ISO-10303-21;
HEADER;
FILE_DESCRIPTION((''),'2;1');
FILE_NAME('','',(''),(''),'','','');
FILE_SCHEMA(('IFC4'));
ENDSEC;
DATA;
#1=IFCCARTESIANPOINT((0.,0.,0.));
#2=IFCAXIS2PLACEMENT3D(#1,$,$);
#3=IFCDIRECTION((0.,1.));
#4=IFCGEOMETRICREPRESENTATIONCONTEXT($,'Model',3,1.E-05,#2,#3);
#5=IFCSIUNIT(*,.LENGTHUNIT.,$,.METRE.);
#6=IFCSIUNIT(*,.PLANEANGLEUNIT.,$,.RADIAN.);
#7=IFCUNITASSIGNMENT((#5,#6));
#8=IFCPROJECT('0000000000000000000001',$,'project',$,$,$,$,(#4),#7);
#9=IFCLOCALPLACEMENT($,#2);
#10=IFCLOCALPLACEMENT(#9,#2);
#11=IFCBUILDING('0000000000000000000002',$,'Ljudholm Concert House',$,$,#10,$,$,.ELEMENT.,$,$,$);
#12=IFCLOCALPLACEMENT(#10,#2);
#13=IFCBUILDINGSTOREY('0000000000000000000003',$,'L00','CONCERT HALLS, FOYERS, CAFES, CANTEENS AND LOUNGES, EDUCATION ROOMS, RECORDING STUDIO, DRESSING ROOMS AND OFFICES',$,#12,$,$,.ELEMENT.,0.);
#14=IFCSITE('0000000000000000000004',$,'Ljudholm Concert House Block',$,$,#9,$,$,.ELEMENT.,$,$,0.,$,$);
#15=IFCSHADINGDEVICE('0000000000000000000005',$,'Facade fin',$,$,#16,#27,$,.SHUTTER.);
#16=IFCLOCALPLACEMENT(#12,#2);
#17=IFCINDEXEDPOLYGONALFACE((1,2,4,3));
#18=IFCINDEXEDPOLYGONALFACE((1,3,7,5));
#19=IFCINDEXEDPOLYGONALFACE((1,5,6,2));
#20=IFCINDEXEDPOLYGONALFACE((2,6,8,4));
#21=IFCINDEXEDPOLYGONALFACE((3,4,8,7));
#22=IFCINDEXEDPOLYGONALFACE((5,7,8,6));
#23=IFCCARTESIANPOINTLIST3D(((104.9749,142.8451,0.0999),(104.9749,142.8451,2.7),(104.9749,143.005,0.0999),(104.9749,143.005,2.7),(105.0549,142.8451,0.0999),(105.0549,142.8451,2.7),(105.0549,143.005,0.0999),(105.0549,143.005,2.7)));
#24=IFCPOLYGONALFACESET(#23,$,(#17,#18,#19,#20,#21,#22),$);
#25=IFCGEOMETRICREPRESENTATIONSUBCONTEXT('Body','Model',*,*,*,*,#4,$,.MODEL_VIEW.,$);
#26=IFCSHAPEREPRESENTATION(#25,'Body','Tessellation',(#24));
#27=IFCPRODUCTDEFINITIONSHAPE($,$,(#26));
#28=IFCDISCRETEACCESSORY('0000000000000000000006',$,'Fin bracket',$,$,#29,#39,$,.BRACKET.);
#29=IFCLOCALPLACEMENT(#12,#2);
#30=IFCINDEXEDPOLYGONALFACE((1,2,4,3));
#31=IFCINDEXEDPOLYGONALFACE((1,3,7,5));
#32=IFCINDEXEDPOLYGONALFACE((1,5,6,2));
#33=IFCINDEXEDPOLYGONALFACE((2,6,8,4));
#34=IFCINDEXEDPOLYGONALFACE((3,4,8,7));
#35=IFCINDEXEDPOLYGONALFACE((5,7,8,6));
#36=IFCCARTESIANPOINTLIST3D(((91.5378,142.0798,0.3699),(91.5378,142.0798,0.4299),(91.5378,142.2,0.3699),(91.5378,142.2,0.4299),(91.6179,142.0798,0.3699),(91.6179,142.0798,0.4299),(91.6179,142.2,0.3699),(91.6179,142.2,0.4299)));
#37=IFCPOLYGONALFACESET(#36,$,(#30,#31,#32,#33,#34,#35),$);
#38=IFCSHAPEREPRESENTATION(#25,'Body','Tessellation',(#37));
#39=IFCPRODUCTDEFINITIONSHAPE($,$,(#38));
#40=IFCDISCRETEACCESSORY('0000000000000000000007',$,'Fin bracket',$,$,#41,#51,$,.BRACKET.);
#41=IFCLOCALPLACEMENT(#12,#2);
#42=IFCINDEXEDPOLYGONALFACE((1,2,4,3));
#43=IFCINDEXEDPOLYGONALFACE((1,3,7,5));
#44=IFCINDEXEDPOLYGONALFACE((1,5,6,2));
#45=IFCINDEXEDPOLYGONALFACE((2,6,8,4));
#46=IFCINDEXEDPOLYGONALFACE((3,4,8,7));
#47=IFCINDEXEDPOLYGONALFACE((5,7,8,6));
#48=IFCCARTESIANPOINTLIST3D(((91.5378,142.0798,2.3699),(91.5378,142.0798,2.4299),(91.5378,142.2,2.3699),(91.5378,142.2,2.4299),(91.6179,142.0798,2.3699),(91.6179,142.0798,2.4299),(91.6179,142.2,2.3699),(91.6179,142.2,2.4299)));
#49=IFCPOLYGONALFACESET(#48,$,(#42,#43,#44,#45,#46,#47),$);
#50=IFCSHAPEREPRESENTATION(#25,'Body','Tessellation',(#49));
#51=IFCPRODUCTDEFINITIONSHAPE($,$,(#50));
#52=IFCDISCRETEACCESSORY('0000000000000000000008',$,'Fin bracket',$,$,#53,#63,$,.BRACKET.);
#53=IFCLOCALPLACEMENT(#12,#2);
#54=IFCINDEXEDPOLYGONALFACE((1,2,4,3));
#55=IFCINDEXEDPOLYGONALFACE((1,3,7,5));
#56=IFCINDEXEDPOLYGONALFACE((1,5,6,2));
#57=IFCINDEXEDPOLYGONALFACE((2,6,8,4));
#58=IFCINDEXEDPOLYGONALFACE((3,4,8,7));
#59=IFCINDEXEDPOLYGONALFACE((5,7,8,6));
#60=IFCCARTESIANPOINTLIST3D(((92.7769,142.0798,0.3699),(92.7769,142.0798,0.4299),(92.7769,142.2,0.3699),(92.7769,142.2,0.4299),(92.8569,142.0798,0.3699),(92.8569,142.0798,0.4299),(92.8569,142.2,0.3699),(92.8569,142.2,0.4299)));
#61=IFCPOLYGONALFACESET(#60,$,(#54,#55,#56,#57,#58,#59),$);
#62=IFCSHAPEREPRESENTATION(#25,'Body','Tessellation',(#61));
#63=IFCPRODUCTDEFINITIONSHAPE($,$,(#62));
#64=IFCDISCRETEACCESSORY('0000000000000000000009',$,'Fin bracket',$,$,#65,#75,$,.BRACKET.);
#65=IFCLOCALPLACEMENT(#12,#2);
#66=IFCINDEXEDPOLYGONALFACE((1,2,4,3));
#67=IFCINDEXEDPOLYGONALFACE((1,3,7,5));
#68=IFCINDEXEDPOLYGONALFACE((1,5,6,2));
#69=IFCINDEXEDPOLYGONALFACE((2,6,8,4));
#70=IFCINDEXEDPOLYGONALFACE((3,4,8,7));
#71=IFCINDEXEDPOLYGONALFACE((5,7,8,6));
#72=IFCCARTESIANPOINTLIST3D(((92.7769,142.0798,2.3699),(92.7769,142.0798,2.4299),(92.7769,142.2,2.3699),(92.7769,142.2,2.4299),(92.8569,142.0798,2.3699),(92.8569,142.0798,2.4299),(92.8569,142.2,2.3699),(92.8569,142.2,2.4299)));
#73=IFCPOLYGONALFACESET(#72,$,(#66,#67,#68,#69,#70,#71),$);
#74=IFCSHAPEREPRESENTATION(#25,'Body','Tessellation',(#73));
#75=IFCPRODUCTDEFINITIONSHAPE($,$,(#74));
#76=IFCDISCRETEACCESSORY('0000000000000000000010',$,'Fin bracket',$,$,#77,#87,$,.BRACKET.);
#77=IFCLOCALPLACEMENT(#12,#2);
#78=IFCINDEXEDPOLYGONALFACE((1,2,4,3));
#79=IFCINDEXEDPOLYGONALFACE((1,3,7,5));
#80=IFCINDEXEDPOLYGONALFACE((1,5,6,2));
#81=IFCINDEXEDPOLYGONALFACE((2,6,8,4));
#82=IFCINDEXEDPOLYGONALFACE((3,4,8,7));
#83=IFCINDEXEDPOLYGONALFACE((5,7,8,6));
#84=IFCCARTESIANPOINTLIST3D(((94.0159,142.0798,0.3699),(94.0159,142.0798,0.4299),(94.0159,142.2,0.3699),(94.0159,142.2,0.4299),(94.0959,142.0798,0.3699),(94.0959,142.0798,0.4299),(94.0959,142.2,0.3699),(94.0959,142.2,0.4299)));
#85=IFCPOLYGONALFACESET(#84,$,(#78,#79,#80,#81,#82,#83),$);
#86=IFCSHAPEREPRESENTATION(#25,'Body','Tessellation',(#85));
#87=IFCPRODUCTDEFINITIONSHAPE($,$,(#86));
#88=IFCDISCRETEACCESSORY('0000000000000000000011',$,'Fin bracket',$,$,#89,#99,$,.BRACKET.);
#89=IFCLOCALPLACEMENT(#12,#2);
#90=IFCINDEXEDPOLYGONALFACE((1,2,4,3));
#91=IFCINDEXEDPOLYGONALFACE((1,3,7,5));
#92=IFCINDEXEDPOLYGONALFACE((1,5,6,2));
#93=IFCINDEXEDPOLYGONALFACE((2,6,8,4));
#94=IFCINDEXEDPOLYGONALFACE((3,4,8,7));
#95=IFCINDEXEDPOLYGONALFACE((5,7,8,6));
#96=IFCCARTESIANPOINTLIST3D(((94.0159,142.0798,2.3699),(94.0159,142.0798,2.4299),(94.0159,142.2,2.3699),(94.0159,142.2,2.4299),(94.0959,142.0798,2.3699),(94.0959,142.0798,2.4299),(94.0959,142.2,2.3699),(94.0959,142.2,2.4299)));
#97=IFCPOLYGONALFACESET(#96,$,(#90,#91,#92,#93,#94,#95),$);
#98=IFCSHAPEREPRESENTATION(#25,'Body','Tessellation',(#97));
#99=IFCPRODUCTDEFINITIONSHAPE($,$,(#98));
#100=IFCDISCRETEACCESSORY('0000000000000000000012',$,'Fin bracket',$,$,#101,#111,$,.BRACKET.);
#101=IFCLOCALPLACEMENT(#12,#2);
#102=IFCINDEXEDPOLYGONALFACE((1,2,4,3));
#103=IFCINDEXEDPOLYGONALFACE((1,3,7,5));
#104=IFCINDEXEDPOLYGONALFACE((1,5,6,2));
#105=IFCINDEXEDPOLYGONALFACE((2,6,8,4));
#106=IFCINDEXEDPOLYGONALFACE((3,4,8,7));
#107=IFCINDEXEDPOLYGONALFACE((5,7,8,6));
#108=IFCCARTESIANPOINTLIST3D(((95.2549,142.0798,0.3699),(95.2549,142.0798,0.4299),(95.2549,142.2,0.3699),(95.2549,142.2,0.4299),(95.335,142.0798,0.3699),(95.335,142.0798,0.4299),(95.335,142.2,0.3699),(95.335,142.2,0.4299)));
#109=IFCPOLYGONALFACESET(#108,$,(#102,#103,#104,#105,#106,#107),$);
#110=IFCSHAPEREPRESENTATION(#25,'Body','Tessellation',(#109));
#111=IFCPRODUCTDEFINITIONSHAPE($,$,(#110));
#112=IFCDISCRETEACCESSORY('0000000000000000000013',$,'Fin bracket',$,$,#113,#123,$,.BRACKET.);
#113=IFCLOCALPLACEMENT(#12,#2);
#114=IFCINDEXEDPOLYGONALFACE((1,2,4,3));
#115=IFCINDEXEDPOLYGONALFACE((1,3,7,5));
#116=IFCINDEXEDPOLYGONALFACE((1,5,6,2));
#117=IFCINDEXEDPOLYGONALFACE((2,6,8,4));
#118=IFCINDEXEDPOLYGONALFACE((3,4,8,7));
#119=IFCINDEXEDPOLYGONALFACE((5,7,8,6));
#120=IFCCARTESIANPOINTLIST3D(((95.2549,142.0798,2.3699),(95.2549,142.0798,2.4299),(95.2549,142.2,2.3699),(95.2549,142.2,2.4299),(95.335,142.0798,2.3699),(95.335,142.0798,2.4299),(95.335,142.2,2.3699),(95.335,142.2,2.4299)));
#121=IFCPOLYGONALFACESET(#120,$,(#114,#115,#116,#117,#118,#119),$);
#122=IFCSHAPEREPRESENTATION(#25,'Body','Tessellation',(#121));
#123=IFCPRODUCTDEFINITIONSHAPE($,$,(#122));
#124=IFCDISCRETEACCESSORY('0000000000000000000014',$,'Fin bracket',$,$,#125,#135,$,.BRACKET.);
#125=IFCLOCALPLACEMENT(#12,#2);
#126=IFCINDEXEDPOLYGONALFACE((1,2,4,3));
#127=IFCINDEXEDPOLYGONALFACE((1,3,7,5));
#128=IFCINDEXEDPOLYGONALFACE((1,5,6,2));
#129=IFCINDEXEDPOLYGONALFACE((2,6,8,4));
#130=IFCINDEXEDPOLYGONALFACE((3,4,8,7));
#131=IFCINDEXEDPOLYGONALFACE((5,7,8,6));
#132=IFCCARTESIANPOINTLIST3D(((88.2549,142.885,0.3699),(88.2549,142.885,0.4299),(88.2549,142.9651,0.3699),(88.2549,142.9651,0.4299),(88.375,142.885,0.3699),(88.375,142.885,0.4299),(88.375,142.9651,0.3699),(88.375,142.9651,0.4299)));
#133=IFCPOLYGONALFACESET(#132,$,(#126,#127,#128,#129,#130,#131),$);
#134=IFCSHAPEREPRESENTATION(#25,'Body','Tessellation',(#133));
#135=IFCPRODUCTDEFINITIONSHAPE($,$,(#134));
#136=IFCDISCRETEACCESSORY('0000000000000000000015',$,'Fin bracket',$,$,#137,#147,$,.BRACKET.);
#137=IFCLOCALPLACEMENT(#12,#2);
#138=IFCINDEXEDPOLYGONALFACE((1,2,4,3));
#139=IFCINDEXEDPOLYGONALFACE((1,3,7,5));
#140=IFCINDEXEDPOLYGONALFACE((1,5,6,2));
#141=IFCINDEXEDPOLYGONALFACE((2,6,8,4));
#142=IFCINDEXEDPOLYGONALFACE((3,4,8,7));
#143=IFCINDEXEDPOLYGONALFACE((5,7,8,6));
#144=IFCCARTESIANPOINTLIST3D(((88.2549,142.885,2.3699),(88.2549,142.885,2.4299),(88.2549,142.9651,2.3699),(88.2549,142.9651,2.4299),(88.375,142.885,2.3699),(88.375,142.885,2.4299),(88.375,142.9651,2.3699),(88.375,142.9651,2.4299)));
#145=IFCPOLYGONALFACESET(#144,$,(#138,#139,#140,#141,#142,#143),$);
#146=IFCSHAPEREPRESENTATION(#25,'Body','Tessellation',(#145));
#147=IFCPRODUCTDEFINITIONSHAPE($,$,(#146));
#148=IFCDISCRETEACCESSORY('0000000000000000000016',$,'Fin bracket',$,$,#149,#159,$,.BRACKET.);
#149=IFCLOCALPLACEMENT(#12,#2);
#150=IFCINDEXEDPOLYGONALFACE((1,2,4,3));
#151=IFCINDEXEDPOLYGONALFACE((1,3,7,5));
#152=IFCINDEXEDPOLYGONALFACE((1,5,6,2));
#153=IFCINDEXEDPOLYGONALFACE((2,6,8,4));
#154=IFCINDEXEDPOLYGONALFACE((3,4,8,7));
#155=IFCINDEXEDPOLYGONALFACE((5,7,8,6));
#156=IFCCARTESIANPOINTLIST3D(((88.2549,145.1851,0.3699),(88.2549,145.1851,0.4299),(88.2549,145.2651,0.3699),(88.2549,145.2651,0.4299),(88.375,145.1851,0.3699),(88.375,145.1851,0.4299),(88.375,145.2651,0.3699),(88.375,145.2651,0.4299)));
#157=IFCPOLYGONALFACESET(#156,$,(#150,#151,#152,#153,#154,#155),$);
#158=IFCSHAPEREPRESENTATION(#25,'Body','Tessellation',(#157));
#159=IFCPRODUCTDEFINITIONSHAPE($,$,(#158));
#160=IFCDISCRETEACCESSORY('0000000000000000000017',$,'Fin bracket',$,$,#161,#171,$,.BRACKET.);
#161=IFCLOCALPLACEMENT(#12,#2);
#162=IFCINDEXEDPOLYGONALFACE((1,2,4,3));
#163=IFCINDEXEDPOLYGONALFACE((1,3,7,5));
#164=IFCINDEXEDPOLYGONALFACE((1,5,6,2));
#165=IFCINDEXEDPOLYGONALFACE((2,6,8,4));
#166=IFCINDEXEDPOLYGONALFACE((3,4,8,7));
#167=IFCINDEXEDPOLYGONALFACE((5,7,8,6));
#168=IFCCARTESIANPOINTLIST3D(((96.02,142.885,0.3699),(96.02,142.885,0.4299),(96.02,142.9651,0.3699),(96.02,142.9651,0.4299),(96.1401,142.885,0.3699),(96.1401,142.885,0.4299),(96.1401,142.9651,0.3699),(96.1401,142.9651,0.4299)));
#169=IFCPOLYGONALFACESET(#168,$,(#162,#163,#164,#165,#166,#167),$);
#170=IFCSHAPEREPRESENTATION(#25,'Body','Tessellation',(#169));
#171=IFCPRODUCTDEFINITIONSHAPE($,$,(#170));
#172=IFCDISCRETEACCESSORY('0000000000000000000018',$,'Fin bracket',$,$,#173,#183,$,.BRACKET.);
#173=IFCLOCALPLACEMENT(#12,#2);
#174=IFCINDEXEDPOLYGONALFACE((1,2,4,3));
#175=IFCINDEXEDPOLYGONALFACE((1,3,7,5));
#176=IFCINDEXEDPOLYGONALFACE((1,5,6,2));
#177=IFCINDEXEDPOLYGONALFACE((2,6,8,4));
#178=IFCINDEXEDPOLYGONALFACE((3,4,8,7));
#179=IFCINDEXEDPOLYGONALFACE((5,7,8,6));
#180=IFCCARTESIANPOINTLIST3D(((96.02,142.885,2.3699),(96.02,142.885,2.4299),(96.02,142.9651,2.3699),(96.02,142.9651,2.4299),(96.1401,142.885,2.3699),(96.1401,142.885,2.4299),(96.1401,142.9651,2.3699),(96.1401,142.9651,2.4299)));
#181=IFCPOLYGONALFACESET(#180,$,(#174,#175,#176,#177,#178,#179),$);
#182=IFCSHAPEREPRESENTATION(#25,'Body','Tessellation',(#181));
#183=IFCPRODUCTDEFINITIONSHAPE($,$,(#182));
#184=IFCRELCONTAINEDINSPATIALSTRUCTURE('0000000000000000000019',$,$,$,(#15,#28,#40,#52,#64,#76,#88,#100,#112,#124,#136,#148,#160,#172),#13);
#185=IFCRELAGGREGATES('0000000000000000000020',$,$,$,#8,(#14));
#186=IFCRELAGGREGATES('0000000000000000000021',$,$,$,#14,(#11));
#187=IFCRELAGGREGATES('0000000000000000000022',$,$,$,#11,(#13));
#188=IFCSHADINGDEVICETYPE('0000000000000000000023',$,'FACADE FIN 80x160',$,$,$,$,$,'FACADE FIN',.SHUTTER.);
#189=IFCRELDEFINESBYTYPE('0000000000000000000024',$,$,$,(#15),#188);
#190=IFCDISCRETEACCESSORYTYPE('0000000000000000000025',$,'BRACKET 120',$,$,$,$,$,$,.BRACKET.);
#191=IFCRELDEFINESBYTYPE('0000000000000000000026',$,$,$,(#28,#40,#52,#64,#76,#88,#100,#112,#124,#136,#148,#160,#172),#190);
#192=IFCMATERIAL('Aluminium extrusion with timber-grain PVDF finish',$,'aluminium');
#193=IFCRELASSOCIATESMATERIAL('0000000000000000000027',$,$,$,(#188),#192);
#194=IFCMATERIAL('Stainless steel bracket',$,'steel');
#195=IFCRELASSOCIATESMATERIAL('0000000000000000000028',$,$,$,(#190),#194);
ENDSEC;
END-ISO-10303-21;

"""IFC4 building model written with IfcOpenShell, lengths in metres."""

from ifc_helpers import new_model, si_unit, direction, frame, origin, origin_2d, place, context, subcontext, project, spatial, rectangle, extrude, material, type_object, element, save


model = new_model("IFC4")

# Units and contexts
model_context = context("Model", 3, precision=1e-05, world=origin(), true_north=direction((0.0, 1.0)))
body_context = subcontext(model_context, "Body", "Model", "MODEL_VIEW")
ifc_project = project(units=[si_unit("LENGTHUNIT", "METRE"), si_unit("PLANEANGLEUNIT", "RADIAN")], contexts=[model_context])

# Site, building, storey
site_placement = place(None, origin())
site = spatial("IfcSite", under=ifc_project, at=site_placement, Name="Ljudholm Concert House Block", CompositionType="ELEMENT", RefElevation=0.0)
building_placement = place(site_placement, origin())
building = spatial("IfcBuilding", under=site, at=building_placement, Name="Ljudholm Concert House", CompositionType="ELEMENT")
storey_placement = place(building_placement, origin())
storey = spatial("IfcBuildingStorey", under=building, at=storey_placement, Name="L00", Description="CONCERT HALLS, FOYERS, CAFES, CANTEENS AND LOUNGES, EDUCATION ROOMS, RECORDING STUDIO, DRESSING ROOMS AND OFFICES", CompositionType="ELEMENT", Elevation=0.0)

# Shading device
ifc_material_1 = material(Name="Aluminium extrusion with timber-grain PVDF finish", Category="aluminium")
shading_device_type = type_object("IfcShadingDeviceType", Name="FACADE FIN 80x160", ElementType="FACADE FIN", PredefinedType="SHUTTER", material=ifc_material_1)
for number, where, z_axis, x_axis, name in (
    (1, (105.0149, 142.925, 0.0999), (0.0, 0.0, 1.0), (-1.0, 0.0, 0.0), "Facade fin"),
):
    element("IfcShadingDevice", number, at=place(storey_placement, frame(where, z_axis=z_axis, x_axis=x_axis)), inside=storey, type_object=shading_device_type, Name=name, PredefinedType="SHUTTER", context=body_context, shape_type="SweptSolid", body=[
        extrude(rectangle(XDim=0.0801, YDim=0.1599, at=origin_2d()), origin(), (0.0, 0.0, 1.0), 2.6001),
    ])

# Discrete accessories
ifc_material_2 = material(Name="Stainless steel bracket", Category="steel")
discrete_accessory_type = type_object("IfcDiscreteAccessoryType", Name="BRACKET 120", PredefinedType="BRACKET", material=ifc_material_2)
for number, where, z_axis, x_axis, name in (
    (2, (91.5779, 142.1399, 0.3699), (0.0, 0.0, 1.0), (0.0, -1.0, 0.0), "Fin bracket"),
    (3, (91.5779, 142.1399, 2.3699), (0.0, 0.0, 1.0), (0.0, -1.0, 0.0), "Fin bracket"),
    (4, (92.8169, 142.1399, 0.3699), (0.0, 0.0, 1.0), (0.0, -1.0, 0.0), "Fin bracket"),
    (5, (92.8169, 142.1399, 2.3699), (0.0, 0.0, 1.0), (0.0, -1.0, 0.0), "Fin bracket"),
    (6, (94.0559, 142.1399, 0.3699), (0.0, 0.0, 1.0), (0.0, -1.0, 0.0), "Fin bracket"),
    (7, (94.0559, 142.1399, 2.3699), (0.0, 0.0, 1.0), (0.0, -1.0, 0.0), "Fin bracket"),
    (8, (95.2949, 142.1399, 0.3699), (0.0, 0.0, 1.0), (0.0, -1.0, 0.0), "Fin bracket"),
    (9, (95.2949, 142.1399, 2.3699), (0.0, 0.0, 1.0), (0.0, -1.0, 0.0), "Fin bracket"),
    (10, (88.3149, 142.925, 0.3699), (0.0, 0.0, 1.0), (-1.0, 0.0, 0.0), "Fin bracket"),
    (11, (88.3149, 142.925, 2.3699), (0.0, 0.0, 1.0), (-1.0, 0.0, 0.0), "Fin bracket"),
    (12, (88.3149, 145.2251, 0.3699), (0.0, 0.0, 1.0), (-1.0, 0.0, 0.0), "Fin bracket"),
    (13, (96.0801, 142.925, 0.3699), (0.0, 0.0, 1.0), (1.0, 0.0, 0.0), "Fin bracket"),
    (14, (96.0801, 142.925, 2.3699), (0.0, 0.0, 1.0), (1.0, 0.0, 0.0), "Fin bracket"),
):
    element("IfcDiscreteAccessory", number, at=place(storey_placement, frame(where, z_axis=z_axis, x_axis=x_axis)), inside=storey, type_object=discrete_accessory_type, Name=name, PredefinedType="BRACKET", context=body_context, shape_type="SweptSolid", body=[
        extrude(rectangle(XDim=0.1201, YDim=0.0801, at=origin_2d()), origin(), (0.0, 0.0, 1.0), 0.0601),
    ])

save(model, "model.ifc")
